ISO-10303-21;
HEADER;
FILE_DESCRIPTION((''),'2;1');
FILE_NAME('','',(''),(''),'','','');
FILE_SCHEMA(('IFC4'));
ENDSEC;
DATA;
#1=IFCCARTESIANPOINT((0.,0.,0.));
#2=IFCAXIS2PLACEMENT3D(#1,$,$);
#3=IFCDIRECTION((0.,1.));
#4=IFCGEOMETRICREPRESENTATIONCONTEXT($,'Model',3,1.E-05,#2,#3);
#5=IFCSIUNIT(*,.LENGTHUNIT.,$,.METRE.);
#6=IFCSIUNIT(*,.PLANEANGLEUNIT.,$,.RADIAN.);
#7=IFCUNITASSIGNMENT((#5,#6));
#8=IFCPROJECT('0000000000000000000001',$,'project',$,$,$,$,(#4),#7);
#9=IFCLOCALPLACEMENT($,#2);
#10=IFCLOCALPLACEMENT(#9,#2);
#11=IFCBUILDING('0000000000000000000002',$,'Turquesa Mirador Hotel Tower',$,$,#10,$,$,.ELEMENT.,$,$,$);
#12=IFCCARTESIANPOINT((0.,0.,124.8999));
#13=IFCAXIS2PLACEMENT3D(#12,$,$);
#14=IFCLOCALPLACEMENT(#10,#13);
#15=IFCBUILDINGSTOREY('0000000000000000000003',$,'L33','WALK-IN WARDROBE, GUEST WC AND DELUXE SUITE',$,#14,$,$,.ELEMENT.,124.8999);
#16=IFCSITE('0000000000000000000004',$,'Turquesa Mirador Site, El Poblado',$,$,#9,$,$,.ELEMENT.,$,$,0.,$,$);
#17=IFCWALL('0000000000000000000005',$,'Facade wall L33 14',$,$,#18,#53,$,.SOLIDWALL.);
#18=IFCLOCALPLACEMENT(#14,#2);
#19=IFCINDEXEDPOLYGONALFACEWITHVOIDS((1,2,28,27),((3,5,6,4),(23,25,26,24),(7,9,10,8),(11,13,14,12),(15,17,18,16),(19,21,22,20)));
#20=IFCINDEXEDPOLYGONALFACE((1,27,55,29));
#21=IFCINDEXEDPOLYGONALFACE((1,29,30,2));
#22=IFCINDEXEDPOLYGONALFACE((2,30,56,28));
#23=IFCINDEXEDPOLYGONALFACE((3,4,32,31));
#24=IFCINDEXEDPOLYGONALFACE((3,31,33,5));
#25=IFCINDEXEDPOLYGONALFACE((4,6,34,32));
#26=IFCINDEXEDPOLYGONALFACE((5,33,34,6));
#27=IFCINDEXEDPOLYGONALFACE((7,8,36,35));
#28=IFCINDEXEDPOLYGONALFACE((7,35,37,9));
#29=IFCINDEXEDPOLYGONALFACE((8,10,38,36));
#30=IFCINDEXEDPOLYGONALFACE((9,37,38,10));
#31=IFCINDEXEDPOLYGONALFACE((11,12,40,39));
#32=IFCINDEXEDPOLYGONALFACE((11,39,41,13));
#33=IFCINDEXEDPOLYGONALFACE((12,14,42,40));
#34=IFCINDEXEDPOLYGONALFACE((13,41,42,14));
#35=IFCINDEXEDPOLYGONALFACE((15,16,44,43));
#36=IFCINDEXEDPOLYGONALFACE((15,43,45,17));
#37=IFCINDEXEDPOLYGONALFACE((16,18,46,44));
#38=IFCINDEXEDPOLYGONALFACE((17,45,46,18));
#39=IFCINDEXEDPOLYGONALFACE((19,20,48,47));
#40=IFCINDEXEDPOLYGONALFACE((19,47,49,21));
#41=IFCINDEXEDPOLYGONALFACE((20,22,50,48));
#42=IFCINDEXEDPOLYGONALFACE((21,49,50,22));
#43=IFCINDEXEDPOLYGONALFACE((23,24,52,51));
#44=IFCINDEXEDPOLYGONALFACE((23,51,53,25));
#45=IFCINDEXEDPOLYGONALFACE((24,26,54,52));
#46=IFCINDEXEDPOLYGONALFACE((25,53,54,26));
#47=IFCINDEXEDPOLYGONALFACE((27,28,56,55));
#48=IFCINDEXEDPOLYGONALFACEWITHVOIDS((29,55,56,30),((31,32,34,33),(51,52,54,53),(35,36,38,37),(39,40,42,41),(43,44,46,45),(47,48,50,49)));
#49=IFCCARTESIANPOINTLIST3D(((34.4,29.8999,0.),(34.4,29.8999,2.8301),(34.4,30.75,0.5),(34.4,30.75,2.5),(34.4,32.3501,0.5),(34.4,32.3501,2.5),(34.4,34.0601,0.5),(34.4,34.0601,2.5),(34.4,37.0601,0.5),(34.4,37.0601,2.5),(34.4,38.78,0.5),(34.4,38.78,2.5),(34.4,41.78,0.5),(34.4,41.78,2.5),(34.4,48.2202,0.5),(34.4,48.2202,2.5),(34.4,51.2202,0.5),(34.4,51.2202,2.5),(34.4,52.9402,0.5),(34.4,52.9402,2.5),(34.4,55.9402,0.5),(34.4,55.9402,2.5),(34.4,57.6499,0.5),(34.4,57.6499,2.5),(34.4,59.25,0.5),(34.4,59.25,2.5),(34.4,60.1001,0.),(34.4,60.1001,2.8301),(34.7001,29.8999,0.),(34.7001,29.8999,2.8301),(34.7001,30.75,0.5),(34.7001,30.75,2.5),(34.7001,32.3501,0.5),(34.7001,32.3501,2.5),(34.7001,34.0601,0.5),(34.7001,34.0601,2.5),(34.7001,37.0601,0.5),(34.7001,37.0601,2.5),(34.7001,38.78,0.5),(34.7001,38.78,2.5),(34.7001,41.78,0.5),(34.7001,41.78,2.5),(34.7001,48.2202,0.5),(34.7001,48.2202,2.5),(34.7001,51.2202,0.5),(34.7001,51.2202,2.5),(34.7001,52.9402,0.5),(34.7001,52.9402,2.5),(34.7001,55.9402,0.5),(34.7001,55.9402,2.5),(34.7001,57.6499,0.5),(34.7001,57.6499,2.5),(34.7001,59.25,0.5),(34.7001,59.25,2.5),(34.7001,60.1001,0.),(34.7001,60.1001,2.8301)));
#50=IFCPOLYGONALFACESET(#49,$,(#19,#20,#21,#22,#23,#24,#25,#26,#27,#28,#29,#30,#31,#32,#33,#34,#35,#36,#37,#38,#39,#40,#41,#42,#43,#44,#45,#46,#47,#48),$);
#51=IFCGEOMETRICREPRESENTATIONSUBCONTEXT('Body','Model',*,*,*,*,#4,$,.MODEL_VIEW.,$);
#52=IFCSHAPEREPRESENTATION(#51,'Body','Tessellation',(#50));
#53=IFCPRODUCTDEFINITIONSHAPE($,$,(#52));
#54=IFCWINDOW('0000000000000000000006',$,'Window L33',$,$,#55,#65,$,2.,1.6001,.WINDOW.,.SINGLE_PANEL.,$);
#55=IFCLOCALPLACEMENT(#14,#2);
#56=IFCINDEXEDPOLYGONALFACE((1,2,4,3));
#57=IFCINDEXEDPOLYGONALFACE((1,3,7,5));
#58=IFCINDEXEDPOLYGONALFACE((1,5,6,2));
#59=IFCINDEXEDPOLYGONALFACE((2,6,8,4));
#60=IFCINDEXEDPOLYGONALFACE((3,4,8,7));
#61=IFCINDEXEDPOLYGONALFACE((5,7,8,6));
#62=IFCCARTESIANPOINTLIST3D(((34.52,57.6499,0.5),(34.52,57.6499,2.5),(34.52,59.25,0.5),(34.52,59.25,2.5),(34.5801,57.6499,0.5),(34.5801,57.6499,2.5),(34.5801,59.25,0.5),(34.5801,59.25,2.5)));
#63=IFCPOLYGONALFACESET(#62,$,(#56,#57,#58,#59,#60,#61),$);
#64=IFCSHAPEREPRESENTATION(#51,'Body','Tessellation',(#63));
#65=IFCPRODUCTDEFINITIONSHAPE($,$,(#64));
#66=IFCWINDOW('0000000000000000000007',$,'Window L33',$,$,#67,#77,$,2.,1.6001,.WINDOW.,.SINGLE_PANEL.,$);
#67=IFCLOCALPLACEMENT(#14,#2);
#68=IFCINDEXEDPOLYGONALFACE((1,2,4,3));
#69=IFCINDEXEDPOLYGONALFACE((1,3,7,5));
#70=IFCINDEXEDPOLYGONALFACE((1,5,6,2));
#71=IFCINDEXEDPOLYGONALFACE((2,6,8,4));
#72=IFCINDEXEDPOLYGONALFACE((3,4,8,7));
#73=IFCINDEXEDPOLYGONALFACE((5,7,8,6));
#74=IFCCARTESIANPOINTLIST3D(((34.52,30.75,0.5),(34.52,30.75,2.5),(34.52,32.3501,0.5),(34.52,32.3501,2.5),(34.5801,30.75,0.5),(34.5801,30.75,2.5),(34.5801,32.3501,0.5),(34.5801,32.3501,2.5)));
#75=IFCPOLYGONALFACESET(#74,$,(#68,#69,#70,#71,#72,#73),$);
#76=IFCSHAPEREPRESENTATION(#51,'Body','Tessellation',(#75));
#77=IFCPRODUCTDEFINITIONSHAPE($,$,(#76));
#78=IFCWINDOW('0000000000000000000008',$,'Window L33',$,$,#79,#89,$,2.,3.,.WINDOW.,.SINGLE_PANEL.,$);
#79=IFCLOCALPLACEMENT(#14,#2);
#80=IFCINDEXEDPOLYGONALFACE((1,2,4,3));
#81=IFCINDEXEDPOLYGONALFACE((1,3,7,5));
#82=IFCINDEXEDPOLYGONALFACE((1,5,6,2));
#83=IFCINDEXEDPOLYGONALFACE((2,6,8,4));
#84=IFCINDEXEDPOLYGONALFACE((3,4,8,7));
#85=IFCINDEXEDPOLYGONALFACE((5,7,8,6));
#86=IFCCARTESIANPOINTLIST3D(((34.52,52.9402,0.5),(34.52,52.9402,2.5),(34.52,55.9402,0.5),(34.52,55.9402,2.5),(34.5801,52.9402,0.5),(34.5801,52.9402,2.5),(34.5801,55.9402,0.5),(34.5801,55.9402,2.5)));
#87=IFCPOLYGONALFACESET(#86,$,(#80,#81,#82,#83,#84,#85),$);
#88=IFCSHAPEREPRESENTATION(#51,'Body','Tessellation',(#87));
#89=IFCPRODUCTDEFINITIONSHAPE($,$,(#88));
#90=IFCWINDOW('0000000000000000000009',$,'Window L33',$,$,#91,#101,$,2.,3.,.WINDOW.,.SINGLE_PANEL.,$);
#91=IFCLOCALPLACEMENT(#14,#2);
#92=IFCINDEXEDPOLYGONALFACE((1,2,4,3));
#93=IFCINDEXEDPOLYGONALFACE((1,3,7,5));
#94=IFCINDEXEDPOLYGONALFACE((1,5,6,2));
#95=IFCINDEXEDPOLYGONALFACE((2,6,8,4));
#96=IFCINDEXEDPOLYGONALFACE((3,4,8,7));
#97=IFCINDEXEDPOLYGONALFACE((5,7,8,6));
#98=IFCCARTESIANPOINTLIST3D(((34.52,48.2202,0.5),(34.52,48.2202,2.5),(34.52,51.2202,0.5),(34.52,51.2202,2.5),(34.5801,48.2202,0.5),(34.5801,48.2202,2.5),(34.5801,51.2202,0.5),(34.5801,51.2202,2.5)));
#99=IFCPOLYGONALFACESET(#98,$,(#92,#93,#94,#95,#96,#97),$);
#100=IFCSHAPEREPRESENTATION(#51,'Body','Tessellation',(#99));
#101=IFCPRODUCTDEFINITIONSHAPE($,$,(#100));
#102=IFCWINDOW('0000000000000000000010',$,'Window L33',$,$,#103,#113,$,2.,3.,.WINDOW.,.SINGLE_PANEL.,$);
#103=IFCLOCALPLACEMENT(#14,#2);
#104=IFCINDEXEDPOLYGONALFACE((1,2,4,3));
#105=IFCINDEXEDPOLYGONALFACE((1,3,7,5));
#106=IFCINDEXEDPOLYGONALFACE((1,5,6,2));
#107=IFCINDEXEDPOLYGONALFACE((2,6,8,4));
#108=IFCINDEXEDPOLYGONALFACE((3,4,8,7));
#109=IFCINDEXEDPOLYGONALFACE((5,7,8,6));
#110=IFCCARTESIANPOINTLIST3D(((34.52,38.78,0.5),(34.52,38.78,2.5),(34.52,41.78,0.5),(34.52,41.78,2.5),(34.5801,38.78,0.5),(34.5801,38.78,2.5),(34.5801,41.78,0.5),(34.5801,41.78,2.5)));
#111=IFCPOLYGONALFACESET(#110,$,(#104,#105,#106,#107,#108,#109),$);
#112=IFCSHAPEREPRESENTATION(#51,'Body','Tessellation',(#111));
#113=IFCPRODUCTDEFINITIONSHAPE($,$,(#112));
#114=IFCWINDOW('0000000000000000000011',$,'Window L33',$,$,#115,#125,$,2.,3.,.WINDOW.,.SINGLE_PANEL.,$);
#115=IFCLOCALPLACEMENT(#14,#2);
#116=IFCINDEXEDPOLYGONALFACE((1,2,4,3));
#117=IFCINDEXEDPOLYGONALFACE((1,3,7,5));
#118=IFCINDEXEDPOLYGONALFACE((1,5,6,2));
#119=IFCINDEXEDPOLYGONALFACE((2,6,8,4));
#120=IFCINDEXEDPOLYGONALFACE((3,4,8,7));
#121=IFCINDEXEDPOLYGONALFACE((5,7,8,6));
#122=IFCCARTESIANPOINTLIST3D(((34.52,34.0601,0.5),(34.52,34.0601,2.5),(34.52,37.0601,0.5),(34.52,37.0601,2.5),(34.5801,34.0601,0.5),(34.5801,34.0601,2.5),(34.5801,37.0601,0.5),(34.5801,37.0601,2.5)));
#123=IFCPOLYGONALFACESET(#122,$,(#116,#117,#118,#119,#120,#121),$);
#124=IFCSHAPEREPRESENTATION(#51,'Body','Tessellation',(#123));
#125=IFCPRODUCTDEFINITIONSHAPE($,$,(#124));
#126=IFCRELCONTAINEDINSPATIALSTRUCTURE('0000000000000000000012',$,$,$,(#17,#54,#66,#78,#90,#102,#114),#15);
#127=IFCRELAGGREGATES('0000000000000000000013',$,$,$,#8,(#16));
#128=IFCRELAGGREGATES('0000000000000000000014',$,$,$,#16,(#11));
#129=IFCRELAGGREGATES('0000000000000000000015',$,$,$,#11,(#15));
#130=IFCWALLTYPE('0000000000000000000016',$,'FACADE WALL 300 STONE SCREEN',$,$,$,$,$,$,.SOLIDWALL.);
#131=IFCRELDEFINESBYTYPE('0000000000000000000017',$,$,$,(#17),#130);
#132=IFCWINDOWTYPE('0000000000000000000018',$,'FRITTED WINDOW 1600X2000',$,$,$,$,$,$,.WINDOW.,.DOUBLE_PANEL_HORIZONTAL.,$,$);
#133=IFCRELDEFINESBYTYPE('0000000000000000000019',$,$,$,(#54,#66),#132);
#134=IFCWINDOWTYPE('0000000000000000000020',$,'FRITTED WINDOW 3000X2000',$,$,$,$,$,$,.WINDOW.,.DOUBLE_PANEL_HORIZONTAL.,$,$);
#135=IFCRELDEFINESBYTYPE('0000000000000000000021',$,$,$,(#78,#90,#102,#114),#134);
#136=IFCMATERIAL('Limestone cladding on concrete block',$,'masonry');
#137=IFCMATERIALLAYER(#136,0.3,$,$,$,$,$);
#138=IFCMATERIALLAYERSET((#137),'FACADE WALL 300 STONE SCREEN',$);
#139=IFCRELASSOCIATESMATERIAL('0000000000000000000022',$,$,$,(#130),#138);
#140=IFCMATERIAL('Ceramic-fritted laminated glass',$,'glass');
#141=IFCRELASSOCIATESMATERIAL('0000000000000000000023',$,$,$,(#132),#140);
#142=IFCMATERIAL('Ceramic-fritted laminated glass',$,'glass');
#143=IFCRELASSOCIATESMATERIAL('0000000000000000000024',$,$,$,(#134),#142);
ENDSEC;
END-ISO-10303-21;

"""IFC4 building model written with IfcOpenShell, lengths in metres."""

from ifc_helpers import new_model, si_unit, direction, frame, frame_2d, origin, place, context, subcontext, project, spatial, rectangle, extrude, material, layer, layer_set, type_object, element, fill, save


model = new_model("IFC4")

# Units and contexts
model_context = context("Model", 3, precision=1e-05, world=origin(), true_north=direction((0.0, 1.0)))
body_context = subcontext(model_context, "Body", "Model", "MODEL_VIEW")
ifc_project = project(units=[si_unit("LENGTHUNIT", "METRE"), si_unit("PLANEANGLEUNIT", "RADIAN")], contexts=[model_context])

# Site, building, storey
site_placement = place(None, origin())
site = spatial("IfcSite", under=ifc_project, at=site_placement, Name="Turquesa Mirador Site, El Poblado", CompositionType="ELEMENT", RefElevation=0.0)
building_placement = place(site_placement, origin())
building = spatial("IfcBuilding", under=site, at=building_placement, Name="Turquesa Mirador Hotel Tower", CompositionType="ELEMENT")
storey_placement = place(building_placement, frame((0.0, 0.0, 124.8999)))
storey = spatial("IfcBuildingStorey", under=building, at=storey_placement, Name="L33", Description="WALK-IN WARDROBE, GUEST WC AND DELUXE SUITE", CompositionType="ELEMENT", Elevation=124.8999)

# Shared definitions
ifc_material_1 = material(Name="Limestone cladding on concrete block", Category="masonry")
ifc_layer = layer(ifc_material_1, 0.3)
ifc_layer_set = layer_set([ifc_layer], Name="FACADE WALL 300 STONE SCREEN")
wall_type = type_object("IfcWallType", Name="FACADE WALL 300 STONE SCREEN", PredefinedType="SOLIDWALL", material=ifc_layer_set)

# Wall, openings, windows
wall_1_placement = place(storey_placement, frame((34.55, 60.1001, 0.0), z_axis=(0.0, 0.0, 1.0), x_axis=(0.0, -1.0, 0.0)))
wall_1 = element("IfcWall", 1, at=wall_1_placement, inside=storey, type_object=wall_type, Name="Facade wall L33 14", PredefinedType="SOLIDWALL", context=body_context, shape_type="SweptSolid", body=[
    extrude(rectangle(XDim=30.2002, YDim=0.3, at=frame_2d((15.1001, 0.0))), origin(), (0.0, 0.0, 1.0), 2.8301),
])
opening_1_placement = place(wall_1_placement, frame((0.8501, 0.0, 0.5)))
opening_1 = element("IfcOpeningElement", 2, at=opening_1_placement, cuts=wall_1, PredefinedType="OPENING", context=body_context, shape_type="SweptSolid", body=[
    extrude(rectangle(XDim=1.6001, YDim=2.0, at=frame_2d((0.8, 1.0))), frame((0.0, 0.1599, 0.0), z_axis=(0.0, -1.0, 0.0), x_axis=(1.0, 0.0, 0.0)), (0.0, 0.0, 1.0), 0.3201),
])
opening_2_placement = place(wall_1_placement, frame((4.1599, 0.0, 0.5)))
opening_2 = element("IfcOpeningElement", 3, at=opening_2_placement, cuts=wall_1, PredefinedType="OPENING", context=body_context, shape_type="SweptSolid", body=[
    extrude(rectangle(XDim=3.0, YDim=2.0, at=frame_2d((1.5, 1.0))), frame((0.0, 0.1599, 0.0), z_axis=(0.0, -1.0, 0.0), x_axis=(1.0, 0.0, 0.0)), (0.0, 0.0, 1.0), 0.3201),
])
opening_3_placement = place(wall_1_placement, frame((8.8799, 0.0, 0.5)))
opening_3 = element("IfcOpeningElement", 4, at=opening_3_placement, cuts=wall_1, PredefinedType="OPENING", context=body_context, shape_type="SweptSolid", body=[
    extrude(rectangle(XDim=3.0, YDim=2.0, at=frame_2d((1.5, 1.0))), frame((0.0, 0.1599, 0.0), z_axis=(0.0, -1.0, 0.0), x_axis=(1.0, 0.0, 0.0)), (0.0, 0.0, 1.0), 0.3201),
])
opening_4_placement = place(wall_1_placement, frame((18.3201, 0.0, 0.5)))
opening_4 = element("IfcOpeningElement", 5, at=opening_4_placement, cuts=wall_1, PredefinedType="OPENING", context=body_context, shape_type="SweptSolid", body=[
    extrude(rectangle(XDim=3.0, YDim=2.0, at=frame_2d((1.5, 1.0))), frame((0.0, 0.1599, 0.0), z_axis=(0.0, -1.0, 0.0), x_axis=(1.0, 0.0, 0.0)), (0.0, 0.0, 1.0), 0.3201),
])
opening_5_placement = place(wall_1_placement, frame((23.04, 0.0, 0.5)))
opening_5 = element("IfcOpeningElement", 6, at=opening_5_placement, cuts=wall_1, PredefinedType="OPENING", context=body_context, shape_type="SweptSolid", body=[
    extrude(rectangle(XDim=3.0, YDim=2.0, at=frame_2d((1.5, 1.0))), frame((0.0, 0.1599, 0.0), z_axis=(0.0, -1.0, 0.0), x_axis=(1.0, 0.0, 0.0)), (0.0, 0.0, 1.0), 0.3201),
])
opening_6_placement = place(wall_1_placement, frame((27.75, 0.0, 0.5)))
opening_6 = element("IfcOpeningElement", 7, at=opening_6_placement, cuts=wall_1, PredefinedType="OPENING", context=body_context, shape_type="SweptSolid", body=[
    extrude(rectangle(XDim=1.6001, YDim=2.0, at=frame_2d((0.8, 1.0))), frame((0.0, 0.1599, 0.0), z_axis=(0.0, -1.0, 0.0), x_axis=(1.0, 0.0, 0.0)), (0.0, 0.0, 1.0), 0.3201),
])
ifc_material_2 = material(Name="Ceramic-fritted laminated glass", Category="glass")
window_type_1 = type_object("IfcWindowType", Name="FRITTED WINDOW 1600X2000", PartitioningType="DOUBLE_PANEL_HORIZONTAL", PredefinedType="WINDOW", material=ifc_material_2)
window_1_placement = place(opening_1_placement, origin())
window_1 = element("IfcWindow", 8, at=window_1_placement, inside=storey, type_object=window_type_1, Name="Window L33", OverallHeight=2.0, OverallWidth=1.6001, PartitioningType="SINGLE_PANEL", PredefinedType="WINDOW", context=body_context, shape_type="SweptSolid", body=[
    extrude(rectangle(XDim=1.6001, YDim=2.0, at=frame_2d((0.8, 1.0))), frame((0.0, 0.03, 0.0), z_axis=(0.0, -1.0, 0.0), x_axis=(1.0, 0.0, 0.0)), (0.0, 0.0, 1.0), 0.0601),
])
fill(opening_1, window_1)
window_2_placement = place(opening_6_placement, origin())
window_2 = element("IfcWindow", 9, at=window_2_placement, inside=storey, type_object=window_type_1, Name="Window L33", OverallHeight=2.0, OverallWidth=1.6001, PartitioningType="SINGLE_PANEL", PredefinedType="WINDOW", context=body_context, shape_type="SweptSolid", body=[
    extrude(rectangle(XDim=1.6001, YDim=2.0, at=frame_2d((0.8, 1.0))), frame((0.0, 0.03, 0.0), z_axis=(0.0, -1.0, 0.0), x_axis=(1.0, 0.0, 0.0)), (0.0, 0.0, 1.0), 0.0601),
])
fill(opening_6, window_2)
ifc_material_3 = material(Name="Ceramic-fritted laminated glass", Category="glass")
window_type_2 = type_object("IfcWindowType", Name="FRITTED WINDOW 3000X2000", PartitioningType="DOUBLE_PANEL_HORIZONTAL", PredefinedType="WINDOW", material=ifc_material_3)
window_3_placement = place(opening_2_placement, origin())
window_3 = element("IfcWindow", 10, at=window_3_placement, inside=storey, type_object=window_type_2, Name="Window L33", OverallHeight=2.0, OverallWidth=3.0, PartitioningType="SINGLE_PANEL", PredefinedType="WINDOW", context=body_context, shape_type="SweptSolid", body=[
    extrude(rectangle(XDim=3.0, YDim=2.0, at=frame_2d((1.5, 1.0))), frame((0.0, 0.03, 0.0), z_axis=(0.0, -1.0, 0.0), x_axis=(1.0, 0.0, 0.0)), (0.0, 0.0, 1.0), 0.0601),
])
fill(opening_2, window_3)
window_4_placement = place(opening_3_placement, origin())
window_4 = element("IfcWindow", 11, at=window_4_placement, inside=storey, type_object=window_type_2, Name="Window L33", OverallHeight=2.0, OverallWidth=3.0, PartitioningType="SINGLE_PANEL", PredefinedType="WINDOW", context=body_context, shape_type="SweptSolid", body=[
    extrude(rectangle(XDim=3.0, YDim=2.0, at=frame_2d((1.5, 1.0))), frame((0.0, 0.03, 0.0), z_axis=(0.0, -1.0, 0.0), x_axis=(1.0, 0.0, 0.0)), (0.0, 0.0, 1.0), 0.0601),
])
fill(opening_3, window_4)
window_5_placement = place(opening_4_placement, origin())
window_5 = element("IfcWindow", 12, at=window_5_placement, inside=storey, type_object=window_type_2, Name="Window L33", OverallHeight=2.0, OverallWidth=3.0, PartitioningType="SINGLE_PANEL", PredefinedType="WINDOW", context=body_context, shape_type="SweptSolid", body=[
    extrude(rectangle(XDim=3.0, YDim=2.0, at=frame_2d((1.5, 1.0))), frame((0.0, 0.03, 0.0), z_axis=(0.0, -1.0, 0.0), x_axis=(1.0, 0.0, 0.0)), (0.0, 0.0, 1.0), 0.0601),
])
fill(opening_4, window_5)
window_6_placement = place(opening_5_placement, origin())
window_6 = element("IfcWindow", 13, at=window_6_placement, inside=storey, type_object=window_type_2, Name="Window L33", OverallHeight=2.0, OverallWidth=3.0, PartitioningType="SINGLE_PANEL", PredefinedType="WINDOW", context=body_context, shape_type="SweptSolid", body=[
    extrude(rectangle(XDim=3.0, YDim=2.0, at=frame_2d((1.5, 1.0))), frame((0.0, 0.03, 0.0), z_axis=(0.0, -1.0, 0.0), x_axis=(1.0, 0.0, 0.0)), (0.0, 0.0, 1.0), 0.0601),
])
fill(opening_5, window_6)

save(model, "model.ifc")
